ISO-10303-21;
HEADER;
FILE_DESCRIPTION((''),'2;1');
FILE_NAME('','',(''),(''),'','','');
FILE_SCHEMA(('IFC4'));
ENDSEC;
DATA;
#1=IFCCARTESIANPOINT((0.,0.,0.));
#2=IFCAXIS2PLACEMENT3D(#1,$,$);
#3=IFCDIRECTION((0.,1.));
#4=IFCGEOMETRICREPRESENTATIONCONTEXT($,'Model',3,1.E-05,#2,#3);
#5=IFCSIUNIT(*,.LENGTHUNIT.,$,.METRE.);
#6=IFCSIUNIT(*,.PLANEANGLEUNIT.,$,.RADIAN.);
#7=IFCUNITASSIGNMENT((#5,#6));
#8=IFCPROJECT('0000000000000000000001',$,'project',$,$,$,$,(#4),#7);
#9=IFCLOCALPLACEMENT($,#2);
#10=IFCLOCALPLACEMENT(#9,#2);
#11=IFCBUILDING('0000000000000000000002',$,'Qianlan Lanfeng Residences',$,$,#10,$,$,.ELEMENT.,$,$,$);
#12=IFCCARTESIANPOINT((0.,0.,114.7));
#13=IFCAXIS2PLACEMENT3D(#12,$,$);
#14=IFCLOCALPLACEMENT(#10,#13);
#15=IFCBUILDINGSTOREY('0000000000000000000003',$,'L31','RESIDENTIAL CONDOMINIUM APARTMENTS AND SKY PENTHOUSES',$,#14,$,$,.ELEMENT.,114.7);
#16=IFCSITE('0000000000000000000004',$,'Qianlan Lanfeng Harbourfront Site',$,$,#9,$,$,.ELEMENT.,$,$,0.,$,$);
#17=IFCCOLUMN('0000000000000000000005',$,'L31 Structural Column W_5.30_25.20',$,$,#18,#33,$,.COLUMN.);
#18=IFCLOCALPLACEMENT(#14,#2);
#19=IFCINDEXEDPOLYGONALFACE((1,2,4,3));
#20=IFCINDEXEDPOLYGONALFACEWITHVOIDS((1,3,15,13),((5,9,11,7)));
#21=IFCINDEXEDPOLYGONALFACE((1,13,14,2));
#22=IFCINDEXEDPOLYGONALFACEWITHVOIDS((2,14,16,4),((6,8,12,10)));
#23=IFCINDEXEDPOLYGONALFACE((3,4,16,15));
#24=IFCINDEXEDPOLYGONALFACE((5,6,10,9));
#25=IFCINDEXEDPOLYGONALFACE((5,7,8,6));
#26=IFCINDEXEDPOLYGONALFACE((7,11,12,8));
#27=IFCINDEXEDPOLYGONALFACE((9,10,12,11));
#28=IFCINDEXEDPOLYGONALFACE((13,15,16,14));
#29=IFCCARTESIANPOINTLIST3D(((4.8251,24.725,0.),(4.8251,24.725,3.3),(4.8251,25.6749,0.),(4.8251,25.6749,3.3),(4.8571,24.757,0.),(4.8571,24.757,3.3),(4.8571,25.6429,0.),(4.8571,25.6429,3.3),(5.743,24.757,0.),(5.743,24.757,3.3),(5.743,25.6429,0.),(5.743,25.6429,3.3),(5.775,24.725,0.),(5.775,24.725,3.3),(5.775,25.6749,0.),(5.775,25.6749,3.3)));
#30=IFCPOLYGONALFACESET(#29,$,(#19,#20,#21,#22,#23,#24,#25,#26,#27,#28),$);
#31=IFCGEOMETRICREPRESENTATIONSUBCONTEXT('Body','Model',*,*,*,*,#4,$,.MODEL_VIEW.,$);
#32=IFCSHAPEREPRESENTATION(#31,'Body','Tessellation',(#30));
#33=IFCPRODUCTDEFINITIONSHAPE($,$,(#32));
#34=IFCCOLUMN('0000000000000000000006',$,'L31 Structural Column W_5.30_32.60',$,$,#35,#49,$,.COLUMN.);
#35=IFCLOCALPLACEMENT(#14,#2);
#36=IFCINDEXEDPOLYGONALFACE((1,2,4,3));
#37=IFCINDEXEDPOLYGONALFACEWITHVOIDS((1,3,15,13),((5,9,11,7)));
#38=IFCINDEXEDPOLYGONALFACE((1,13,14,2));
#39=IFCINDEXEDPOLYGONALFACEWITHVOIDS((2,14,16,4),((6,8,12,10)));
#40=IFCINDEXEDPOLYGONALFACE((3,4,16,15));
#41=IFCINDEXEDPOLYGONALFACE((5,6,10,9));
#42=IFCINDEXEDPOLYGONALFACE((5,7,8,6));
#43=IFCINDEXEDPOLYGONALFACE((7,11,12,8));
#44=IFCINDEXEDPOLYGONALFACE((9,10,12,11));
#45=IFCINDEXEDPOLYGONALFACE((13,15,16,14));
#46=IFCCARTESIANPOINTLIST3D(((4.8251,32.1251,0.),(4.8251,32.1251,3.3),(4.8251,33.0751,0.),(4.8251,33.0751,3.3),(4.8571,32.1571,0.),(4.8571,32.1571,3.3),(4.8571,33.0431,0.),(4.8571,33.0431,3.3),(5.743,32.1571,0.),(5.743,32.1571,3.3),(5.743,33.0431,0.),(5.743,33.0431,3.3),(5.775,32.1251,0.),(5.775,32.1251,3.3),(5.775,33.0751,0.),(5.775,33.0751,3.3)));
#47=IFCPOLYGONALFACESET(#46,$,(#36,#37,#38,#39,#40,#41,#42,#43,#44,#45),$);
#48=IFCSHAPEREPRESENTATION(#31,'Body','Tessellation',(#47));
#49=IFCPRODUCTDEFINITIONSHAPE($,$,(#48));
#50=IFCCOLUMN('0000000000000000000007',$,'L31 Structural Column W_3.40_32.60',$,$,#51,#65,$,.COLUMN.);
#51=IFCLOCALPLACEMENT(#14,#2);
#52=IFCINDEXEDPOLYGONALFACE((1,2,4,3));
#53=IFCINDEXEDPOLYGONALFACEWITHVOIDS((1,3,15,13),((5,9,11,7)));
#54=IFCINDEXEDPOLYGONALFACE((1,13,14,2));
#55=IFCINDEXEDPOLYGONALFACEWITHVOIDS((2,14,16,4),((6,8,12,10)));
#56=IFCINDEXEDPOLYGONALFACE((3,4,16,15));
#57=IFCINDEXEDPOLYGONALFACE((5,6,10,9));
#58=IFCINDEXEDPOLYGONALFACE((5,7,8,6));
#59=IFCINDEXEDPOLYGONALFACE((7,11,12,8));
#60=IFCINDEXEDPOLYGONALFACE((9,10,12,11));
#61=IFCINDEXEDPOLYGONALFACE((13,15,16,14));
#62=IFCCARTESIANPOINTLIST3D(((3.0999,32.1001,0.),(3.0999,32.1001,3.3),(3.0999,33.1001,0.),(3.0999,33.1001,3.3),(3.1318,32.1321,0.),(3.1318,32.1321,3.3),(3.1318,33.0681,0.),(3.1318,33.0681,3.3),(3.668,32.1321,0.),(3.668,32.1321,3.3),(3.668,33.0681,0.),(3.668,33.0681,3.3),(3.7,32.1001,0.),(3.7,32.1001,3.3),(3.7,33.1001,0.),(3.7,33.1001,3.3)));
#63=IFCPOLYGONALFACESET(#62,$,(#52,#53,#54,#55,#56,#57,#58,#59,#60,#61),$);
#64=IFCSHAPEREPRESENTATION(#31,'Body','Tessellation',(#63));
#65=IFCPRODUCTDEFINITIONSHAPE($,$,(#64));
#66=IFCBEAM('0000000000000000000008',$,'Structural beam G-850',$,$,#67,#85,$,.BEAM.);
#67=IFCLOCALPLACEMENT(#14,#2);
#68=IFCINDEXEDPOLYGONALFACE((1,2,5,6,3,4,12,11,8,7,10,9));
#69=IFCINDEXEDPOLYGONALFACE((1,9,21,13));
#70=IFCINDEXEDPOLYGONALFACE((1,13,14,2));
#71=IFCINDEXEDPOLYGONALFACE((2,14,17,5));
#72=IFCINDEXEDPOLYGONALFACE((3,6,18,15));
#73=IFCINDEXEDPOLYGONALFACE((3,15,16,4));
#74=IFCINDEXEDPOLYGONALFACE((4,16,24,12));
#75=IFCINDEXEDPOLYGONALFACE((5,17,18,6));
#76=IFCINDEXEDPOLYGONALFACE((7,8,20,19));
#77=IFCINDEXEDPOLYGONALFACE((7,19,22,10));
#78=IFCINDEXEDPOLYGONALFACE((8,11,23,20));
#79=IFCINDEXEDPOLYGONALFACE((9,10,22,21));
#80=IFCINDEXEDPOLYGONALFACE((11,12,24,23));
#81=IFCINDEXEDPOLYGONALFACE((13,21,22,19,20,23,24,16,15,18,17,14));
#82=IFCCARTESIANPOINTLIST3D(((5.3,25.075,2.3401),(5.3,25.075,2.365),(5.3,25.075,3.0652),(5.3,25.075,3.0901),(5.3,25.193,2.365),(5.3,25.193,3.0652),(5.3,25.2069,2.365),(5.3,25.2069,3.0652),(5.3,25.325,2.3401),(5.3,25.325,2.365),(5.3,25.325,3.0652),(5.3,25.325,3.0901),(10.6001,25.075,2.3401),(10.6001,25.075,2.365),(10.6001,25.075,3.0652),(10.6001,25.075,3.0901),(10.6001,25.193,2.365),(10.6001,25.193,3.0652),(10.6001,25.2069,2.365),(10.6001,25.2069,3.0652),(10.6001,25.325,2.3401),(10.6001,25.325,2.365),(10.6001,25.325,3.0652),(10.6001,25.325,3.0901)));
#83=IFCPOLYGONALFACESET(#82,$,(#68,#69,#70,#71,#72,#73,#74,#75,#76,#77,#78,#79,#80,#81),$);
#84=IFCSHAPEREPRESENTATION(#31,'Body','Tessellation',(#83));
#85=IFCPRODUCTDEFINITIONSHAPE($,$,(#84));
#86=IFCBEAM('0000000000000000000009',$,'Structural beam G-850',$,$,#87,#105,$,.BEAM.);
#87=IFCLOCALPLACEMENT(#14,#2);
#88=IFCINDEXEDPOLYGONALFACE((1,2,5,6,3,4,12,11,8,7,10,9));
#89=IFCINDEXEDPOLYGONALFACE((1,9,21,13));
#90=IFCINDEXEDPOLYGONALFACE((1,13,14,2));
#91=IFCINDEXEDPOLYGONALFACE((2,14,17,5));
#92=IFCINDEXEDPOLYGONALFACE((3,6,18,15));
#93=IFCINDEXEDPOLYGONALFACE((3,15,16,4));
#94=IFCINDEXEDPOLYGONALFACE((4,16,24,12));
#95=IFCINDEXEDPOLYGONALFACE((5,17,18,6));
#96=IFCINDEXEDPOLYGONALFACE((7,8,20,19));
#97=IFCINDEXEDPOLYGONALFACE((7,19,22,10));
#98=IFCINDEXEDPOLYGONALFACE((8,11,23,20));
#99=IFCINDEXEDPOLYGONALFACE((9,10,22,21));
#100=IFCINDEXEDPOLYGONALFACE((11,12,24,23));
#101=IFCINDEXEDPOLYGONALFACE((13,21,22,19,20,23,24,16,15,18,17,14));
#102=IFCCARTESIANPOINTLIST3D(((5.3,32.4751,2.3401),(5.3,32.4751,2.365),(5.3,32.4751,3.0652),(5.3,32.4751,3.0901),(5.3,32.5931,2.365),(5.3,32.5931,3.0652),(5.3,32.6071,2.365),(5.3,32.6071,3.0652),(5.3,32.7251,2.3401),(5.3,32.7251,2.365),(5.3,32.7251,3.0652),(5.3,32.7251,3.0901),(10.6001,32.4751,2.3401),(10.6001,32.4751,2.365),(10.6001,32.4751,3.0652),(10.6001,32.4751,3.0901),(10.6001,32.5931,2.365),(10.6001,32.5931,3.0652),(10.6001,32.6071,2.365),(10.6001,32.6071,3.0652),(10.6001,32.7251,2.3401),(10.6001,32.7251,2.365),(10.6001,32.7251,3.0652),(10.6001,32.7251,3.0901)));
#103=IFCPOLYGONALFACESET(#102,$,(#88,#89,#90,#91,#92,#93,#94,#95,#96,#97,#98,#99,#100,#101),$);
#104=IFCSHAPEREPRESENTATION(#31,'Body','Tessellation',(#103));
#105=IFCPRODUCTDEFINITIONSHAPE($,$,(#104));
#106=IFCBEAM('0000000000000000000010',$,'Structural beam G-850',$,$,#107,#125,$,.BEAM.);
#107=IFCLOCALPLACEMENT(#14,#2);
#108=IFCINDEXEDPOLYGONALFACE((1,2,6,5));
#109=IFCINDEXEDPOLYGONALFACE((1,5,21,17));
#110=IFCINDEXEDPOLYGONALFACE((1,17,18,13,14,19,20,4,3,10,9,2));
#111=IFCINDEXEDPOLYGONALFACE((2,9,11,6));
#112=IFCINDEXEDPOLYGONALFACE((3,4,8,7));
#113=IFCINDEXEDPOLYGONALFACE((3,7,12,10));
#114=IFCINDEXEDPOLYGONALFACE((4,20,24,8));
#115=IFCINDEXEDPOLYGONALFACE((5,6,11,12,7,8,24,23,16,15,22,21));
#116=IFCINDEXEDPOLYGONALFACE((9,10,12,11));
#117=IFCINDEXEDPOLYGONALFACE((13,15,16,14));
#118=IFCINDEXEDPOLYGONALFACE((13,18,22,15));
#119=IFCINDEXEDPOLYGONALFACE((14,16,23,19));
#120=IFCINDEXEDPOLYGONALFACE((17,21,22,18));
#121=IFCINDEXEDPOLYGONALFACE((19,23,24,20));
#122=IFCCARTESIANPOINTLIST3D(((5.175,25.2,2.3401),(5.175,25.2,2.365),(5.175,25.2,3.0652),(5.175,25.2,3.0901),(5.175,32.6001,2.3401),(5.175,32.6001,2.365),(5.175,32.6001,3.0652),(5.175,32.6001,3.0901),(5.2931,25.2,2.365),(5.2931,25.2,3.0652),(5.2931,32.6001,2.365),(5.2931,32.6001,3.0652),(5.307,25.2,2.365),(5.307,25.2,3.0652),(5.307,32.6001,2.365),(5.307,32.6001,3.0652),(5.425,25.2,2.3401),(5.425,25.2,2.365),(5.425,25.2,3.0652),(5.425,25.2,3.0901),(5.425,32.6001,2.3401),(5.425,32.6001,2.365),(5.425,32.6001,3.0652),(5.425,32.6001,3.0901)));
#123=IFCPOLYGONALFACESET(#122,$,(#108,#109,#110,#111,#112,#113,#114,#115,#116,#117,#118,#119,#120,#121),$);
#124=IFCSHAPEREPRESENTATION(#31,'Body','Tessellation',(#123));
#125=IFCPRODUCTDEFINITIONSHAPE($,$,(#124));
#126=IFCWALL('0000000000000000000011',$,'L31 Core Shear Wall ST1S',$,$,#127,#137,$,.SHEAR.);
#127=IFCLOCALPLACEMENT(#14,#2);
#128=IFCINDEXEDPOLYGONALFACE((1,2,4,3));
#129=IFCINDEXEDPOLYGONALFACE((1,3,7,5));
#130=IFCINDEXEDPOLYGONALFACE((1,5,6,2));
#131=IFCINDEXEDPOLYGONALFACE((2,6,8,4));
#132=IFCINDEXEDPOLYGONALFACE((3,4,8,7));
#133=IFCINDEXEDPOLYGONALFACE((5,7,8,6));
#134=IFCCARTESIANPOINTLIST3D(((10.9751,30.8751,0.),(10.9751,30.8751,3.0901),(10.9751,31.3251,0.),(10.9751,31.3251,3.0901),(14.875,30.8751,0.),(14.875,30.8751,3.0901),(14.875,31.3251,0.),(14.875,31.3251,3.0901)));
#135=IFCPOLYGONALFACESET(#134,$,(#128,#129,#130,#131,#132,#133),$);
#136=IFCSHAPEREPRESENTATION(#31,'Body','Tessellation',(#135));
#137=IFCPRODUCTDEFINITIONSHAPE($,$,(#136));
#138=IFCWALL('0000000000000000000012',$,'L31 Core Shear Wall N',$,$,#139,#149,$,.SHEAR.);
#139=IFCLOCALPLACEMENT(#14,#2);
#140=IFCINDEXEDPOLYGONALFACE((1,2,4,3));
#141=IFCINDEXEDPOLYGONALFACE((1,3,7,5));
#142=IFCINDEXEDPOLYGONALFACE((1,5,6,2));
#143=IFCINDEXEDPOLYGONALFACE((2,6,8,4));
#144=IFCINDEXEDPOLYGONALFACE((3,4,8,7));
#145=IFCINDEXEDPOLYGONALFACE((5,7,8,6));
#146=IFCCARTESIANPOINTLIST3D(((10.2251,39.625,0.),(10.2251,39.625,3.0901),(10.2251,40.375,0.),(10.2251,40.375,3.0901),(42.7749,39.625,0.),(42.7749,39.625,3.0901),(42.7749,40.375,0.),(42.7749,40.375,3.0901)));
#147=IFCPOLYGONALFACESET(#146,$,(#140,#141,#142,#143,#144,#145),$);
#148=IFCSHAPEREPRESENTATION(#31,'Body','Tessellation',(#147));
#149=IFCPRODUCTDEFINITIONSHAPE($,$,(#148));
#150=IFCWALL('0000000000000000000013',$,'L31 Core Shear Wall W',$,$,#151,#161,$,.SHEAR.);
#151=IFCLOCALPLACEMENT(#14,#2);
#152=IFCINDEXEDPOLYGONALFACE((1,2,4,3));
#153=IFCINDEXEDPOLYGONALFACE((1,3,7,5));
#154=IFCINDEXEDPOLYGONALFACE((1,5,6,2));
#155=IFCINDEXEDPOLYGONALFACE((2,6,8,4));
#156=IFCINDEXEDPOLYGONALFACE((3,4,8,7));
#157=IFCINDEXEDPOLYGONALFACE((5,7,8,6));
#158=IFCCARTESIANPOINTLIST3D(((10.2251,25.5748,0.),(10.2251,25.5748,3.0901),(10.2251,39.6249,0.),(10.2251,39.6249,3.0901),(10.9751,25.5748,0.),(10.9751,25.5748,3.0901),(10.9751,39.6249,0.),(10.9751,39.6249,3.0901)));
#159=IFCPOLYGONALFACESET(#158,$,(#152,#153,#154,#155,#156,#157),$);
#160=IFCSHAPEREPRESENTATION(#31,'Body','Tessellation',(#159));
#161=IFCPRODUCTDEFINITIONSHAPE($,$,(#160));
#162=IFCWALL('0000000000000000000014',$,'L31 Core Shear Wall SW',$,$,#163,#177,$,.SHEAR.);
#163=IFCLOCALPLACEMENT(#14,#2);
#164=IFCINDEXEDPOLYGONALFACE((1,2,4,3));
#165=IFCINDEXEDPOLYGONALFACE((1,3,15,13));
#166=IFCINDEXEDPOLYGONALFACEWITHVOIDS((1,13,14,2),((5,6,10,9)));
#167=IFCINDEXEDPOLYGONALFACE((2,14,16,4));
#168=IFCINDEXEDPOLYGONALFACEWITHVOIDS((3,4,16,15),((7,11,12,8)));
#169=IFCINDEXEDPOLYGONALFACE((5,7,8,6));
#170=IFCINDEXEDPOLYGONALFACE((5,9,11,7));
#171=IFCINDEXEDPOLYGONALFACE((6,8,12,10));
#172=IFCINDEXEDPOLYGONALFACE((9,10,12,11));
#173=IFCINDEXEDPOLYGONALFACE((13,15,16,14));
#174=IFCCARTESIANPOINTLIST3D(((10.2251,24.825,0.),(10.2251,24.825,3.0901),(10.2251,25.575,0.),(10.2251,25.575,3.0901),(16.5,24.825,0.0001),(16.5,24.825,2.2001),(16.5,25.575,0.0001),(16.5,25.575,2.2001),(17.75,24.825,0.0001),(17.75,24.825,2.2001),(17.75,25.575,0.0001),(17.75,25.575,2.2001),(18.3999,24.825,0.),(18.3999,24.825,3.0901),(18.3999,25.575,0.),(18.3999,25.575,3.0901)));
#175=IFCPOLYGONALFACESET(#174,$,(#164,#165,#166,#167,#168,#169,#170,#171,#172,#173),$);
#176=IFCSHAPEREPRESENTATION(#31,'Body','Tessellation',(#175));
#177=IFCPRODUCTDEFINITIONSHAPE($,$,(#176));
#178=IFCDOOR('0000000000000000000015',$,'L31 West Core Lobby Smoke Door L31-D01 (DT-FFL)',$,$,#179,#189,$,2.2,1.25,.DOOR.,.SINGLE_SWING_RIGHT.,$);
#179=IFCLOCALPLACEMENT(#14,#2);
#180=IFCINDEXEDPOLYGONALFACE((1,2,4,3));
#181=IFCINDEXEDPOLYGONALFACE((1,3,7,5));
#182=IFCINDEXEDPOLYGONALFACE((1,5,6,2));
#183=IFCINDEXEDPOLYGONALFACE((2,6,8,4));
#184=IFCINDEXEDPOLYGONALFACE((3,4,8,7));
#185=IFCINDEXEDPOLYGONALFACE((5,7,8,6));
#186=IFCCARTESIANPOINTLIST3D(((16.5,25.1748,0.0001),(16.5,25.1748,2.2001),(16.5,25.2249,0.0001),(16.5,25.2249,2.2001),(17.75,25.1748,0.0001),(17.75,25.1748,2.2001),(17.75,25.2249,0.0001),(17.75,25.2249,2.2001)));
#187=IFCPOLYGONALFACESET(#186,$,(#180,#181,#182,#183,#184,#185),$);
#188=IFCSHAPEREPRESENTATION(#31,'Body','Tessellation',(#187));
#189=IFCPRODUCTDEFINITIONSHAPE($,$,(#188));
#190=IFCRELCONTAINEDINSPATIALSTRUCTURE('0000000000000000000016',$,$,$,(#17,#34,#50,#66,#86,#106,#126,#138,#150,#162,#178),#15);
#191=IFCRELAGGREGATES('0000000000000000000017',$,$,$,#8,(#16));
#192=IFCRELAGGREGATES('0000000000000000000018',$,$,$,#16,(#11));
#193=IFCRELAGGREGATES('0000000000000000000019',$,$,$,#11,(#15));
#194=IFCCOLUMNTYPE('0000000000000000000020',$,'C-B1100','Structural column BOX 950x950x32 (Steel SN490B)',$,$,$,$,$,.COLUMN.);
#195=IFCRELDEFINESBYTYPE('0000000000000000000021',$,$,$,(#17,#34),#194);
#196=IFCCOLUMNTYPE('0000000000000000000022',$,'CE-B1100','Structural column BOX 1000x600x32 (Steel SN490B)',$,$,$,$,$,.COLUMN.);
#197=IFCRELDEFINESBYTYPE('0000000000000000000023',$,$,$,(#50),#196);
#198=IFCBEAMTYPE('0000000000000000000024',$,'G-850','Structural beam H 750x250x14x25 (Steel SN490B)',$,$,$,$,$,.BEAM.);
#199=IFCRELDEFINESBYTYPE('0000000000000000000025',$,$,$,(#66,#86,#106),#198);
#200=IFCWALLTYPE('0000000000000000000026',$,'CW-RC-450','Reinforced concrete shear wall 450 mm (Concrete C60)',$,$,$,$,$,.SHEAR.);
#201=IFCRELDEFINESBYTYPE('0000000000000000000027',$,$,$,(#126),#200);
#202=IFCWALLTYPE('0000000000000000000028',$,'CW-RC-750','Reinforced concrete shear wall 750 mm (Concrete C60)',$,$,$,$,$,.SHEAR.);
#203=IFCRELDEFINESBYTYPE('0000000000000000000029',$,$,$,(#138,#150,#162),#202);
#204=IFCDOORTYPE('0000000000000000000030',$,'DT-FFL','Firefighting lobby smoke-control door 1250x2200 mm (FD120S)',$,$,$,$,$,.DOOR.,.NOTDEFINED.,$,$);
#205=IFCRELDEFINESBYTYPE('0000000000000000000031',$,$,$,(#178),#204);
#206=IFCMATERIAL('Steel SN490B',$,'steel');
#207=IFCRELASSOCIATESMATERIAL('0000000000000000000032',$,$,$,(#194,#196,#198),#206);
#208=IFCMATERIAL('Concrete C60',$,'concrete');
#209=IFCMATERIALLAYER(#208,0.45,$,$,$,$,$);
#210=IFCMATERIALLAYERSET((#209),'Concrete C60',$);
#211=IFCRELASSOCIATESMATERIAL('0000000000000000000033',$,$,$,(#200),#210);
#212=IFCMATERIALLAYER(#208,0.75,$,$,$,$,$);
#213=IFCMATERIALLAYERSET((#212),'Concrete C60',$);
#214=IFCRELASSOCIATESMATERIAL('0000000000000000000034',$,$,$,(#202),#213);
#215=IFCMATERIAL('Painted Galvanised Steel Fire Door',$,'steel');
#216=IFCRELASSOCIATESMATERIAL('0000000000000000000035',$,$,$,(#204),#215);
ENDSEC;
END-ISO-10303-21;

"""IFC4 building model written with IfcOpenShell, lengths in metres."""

from ifc_helpers import new_model, si_unit, direction, frame, frame_2d, origin, origin_2d, place, context, subcontext, project, spatial, rectangle, hollow_rectangle, i_section, extrude, material, layer, layer_set, material_profile, profile_set, type_object, element, fill, save


model = new_model("IFC4")

# Units and contexts
model_context = context("Model", 3, precision=1e-05, world=origin(), true_north=direction((0.0, 1.0)))
body_context = subcontext(model_context, "Body", "Model", "MODEL_VIEW")
ifc_project = project(units=[si_unit("LENGTHUNIT", "METRE"), si_unit("PLANEANGLEUNIT", "RADIAN")], contexts=[model_context])

# Site, building, storey
site_placement = place(None, origin())
site = spatial("IfcSite", under=ifc_project, at=site_placement, Name="Qianlan Lanfeng Harbourfront Site", CompositionType="ELEMENT", RefElevation=0.0)
building_placement = place(site_placement, origin())
building = spatial("IfcBuilding", under=site, at=building_placement, Name="Qianlan Lanfeng Residences", CompositionType="ELEMENT")
storey_placement = place(building_placement, frame((0.0, 0.0, 114.7)))
storey = spatial("IfcBuildingStorey", under=building, at=storey_placement, Name="L31", Description="RESIDENTIAL CONDOMINIUM APARTMENTS AND SKY PENTHOUSES", CompositionType="ELEMENT", Elevation=114.7)

# Columns
ifc_material_1 = material(Name="Steel SN490B", Category="steel")
ifc_material_profile_1 = material_profile(ifc_material_1, hollow_rectangle(XDim=0.95, YDim=0.95, WallThickness=0.032, at=origin_2d()), Name="BOX 950x950x32")
ifc_profile_set_1 = profile_set([ifc_material_profile_1], Name="Steel SN490B")
column_type_1 = type_object("IfcColumnType", Name="C-B1100", Description="Structural column BOX 950x950x32 (Steel SN490B)", PredefinedType="COLUMN", material=ifc_profile_set_1)
for number, where, z_axis, x_axis, name in (
    (1, (5.3, 25.2, 0.0), (0.0, 0.0, 1.0), (1.0, 0.0, 0.0), "L31 Structural Column W_5.30_25.20"),
    (2, (5.3, 32.6001, 0.0), (0.0, 0.0, 1.0), (1.0, 0.0, 0.0), "L31 Structural Column W_5.30_32.60"),
):
    element("IfcColumn", number, at=place(storey_placement, frame(where, z_axis=z_axis, x_axis=x_axis)), inside=storey, type_object=column_type_1, Name=name, PredefinedType="COLUMN", context=body_context, shape_type="SweptSolid", body=[
        extrude(hollow_rectangle(XDim=0.95, YDim=0.95, WallThickness=0.032, at=origin_2d()), origin(), (0.0, 0.0, 1.0), 3.3),
    ])
ifc_material_profile_2 = material_profile(ifc_material_1, hollow_rectangle(XDim=0.6001, YDim=1.0, WallThickness=0.032, at=origin_2d()), Name="BOX 1000x600x32")
ifc_profile_set_2 = profile_set([ifc_material_profile_2], Name="Steel SN490B")
column_type_2 = type_object("IfcColumnType", Name="CE-B1100", Description="Structural column BOX 1000x600x32 (Steel SN490B)", PredefinedType="COLUMN", material=ifc_profile_set_2)
column_placement = place(storey_placement, frame((3.3999, 32.6001, 0.0), z_axis=(0.0, 0.0, 1.0), x_axis=(1.0, 0.0, 0.0)))
element("IfcColumn", 3, at=column_placement, inside=storey, type_object=column_type_2, Name="L31 Structural Column W_3.40_32.60", PredefinedType="COLUMN", context=body_context, shape_type="SweptSolid", body=[
    extrude(hollow_rectangle(XDim=0.6001, YDim=1.0, WallThickness=0.032, at=origin_2d()), origin(), (0.0, 0.0, 1.0), 3.3),
])

# Beams
ifc_material_profile_3 = material_profile(ifc_material_1, i_section(OverallWidth=0.25, OverallDepth=0.75, WebThickness=0.0139, FlangeThickness=0.0249, at=origin_2d()), Name="H 750x250x14x25")
ifc_profile_set_3 = profile_set([ifc_material_profile_3], Name="Steel SN490B")
beam_type = type_object("IfcBeamType", Name="G-850", Description="Structural beam H 750x250x14x25 (Steel SN490B)", PredefinedType="BEAM", material=ifc_profile_set_3)
for number, where, z_axis, x_axis, name in (
    (4, (5.3, 25.2, 2.7151), (1.0, 0.0, 0.0), (0.0, 1.0, 0.0), "Structural beam G-850"),
    (5, (5.3, 32.6001, 2.7151), (1.0, 0.0, 0.0), (0.0, 1.0, 0.0), "Structural beam G-850"),
):
    element("IfcBeam", number, at=place(storey_placement, frame(where, z_axis=z_axis, x_axis=x_axis)), inside=storey, type_object=beam_type, Name=name, PredefinedType="BEAM", context=body_context, shape_type="SweptSolid", body=[
        extrude(i_section(OverallWidth=0.25, OverallDepth=0.75, WebThickness=0.0139, FlangeThickness=0.0249, at=origin_2d()), origin(), (0.0, 0.0, 1.0), 5.3),
    ])
beam_placement = place(storey_placement, frame((5.3, 25.2, 2.7151), z_axis=(0.0, 1.0, 0.0), x_axis=(-1.0, 0.0, 0.0)))
element("IfcBeam", 6, at=beam_placement, inside=storey, type_object=beam_type, Name="Structural beam G-850", PredefinedType="BEAM", context=body_context, shape_type="SweptSolid", body=[
    extrude(i_section(OverallWidth=0.25, OverallDepth=0.75, WebThickness=0.0139, FlangeThickness=0.0249, at=origin_2d()), origin(), (0.0, 0.0, 1.0), 7.4001),
])

# Walls
ifc_material_2 = material(Name="Concrete C60", Category="concrete")
ifc_layer_1 = layer(ifc_material_2, 0.45)
ifc_layer_set_1 = layer_set([ifc_layer_1], Name="Concrete C60")
wall_type_1 = type_object("IfcWallType", Name="CW-RC-450", Description="Reinforced concrete shear wall 450 mm (Concrete C60)", PredefinedType="SHEAR", material=ifc_layer_set_1)
wall_1_placement = place(storey_placement, frame((10.9751, 31.1001, 0.0), z_axis=(0.0, 0.0, 1.0), x_axis=(1.0, 0.0, 0.0)))
element("IfcWall", 7, at=wall_1_placement, inside=storey, type_object=wall_type_1, Name="L31 Core Shear Wall ST1S", PredefinedType="SHEAR", context=body_context, shape_type="SweptSolid", body=[
    extrude(rectangle(XDim=3.8999, YDim=0.45, at=frame_2d((1.95, 0.0))), origin(), (0.0, 0.0, 1.0), 3.0901),
])
ifc_layer_2 = layer(ifc_material_2, 0.75)
ifc_layer_set_2 = layer_set([ifc_layer_2], Name="Concrete C60")
wall_type_2 = type_object("IfcWallType", Name="CW-RC-750", Description="Reinforced concrete shear wall 750 mm (Concrete C60)", PredefinedType="SHEAR", material=ifc_layer_set_2)
wall_2_placement = place(storey_placement, frame((10.2251, 40.0, 0.0), z_axis=(0.0, 0.0, 1.0), x_axis=(1.0, 0.0, 0.0)))
element("IfcWall", 8, at=wall_2_placement, inside=storey, type_object=wall_type_2, Name="L31 Core Shear Wall N", PredefinedType="SHEAR", context=body_context, shape_type="SweptSolid", body=[
    extrude(rectangle(XDim=32.5498, YDim=0.75, at=frame_2d((16.2749, 0.0))), origin(), (0.0, 0.0, 1.0), 3.0901),
])
wall_3_placement = place(storey_placement, frame((10.6001, 25.575, 0.0), z_axis=(0.0, 0.0, 1.0), x_axis=(0.0, 1.0, 0.0)))
element("IfcWall", 9, at=wall_3_placement, inside=storey, type_object=wall_type_2, Name="L31 Core Shear Wall W", PredefinedType="SHEAR", context=body_context, shape_type="SweptSolid", body=[
    extrude(rectangle(XDim=14.05, YDim=0.75, at=frame_2d((7.0249, 0.0))), origin(), (0.0, 0.0, 1.0), 3.0901),
])

# Wall, opening, door
wall_4_placement = place(storey_placement, frame((10.2251, 25.2, 0.0), z_axis=(0.0, 0.0, 1.0), x_axis=(1.0, 0.0, 0.0)))
wall_4 = element("IfcWall", 10, at=wall_4_placement, inside=storey, type_object=wall_type_2, Name="L31 Core Shear Wall SW", PredefinedType="SHEAR", context=body_context, shape_type="SweptSolid", body=[
    extrude(rectangle(XDim=8.1748, YDim=0.75, at=frame_2d((4.0874, 0.0))), origin(), (0.0, 0.0, 1.0), 3.0901),
])
opening_1_placement = place(wall_4_placement, frame((6.2749, 0.0, 0.0)))
opening_1 = element("IfcOpeningElement", 11, at=opening_1_placement, cuts=wall_4, PredefinedType="OPENING", context=body_context, shape_type="SweptSolid", body=[
    extrude(rectangle(XDim=1.25, YDim=2.2, at=frame_2d((0.625, 1.1001))), frame((0.0, 0.385, 0.0), z_axis=(0.0, -1.0, 0.0), x_axis=(1.0, 0.0, 0.0)), (0.0, 0.0, 1.0), 0.77),
])
ifc_material_3 = material(Name="Painted Galvanised Steel Fire Door", Category="steel")
door_type_1 = type_object("IfcDoorType", Name="DT-FFL", Description="Firefighting lobby smoke-control door 1250x2200 mm (FD120S)", OperationType="NOTDEFINED", PredefinedType="DOOR", material=ifc_material_3)
door_1_placement = place(opening_1_placement, origin())
door_1 = element("IfcDoor", 12, at=door_1_placement, inside=storey, type_object=door_type_1, Name="L31 West Core Lobby Smoke Door L31-D01 (DT-FFL)", OperationType="SINGLE_SWING_RIGHT", OverallHeight=2.2, OverallWidth=1.25, PredefinedType="DOOR", context=body_context, shape_type="SweptSolid", body=[
    extrude(rectangle(XDim=1.25, YDim=2.2, at=frame_2d((0.625, 1.1001))), frame((0.0, 0.0249, 0.0), z_axis=(0.0, -1.0, 0.0), x_axis=(1.0, 0.0, 0.0)), (0.0, 0.0, 1.0), 0.05),
])
fill(opening_1, door_1)

save(model, "model.ifc")
